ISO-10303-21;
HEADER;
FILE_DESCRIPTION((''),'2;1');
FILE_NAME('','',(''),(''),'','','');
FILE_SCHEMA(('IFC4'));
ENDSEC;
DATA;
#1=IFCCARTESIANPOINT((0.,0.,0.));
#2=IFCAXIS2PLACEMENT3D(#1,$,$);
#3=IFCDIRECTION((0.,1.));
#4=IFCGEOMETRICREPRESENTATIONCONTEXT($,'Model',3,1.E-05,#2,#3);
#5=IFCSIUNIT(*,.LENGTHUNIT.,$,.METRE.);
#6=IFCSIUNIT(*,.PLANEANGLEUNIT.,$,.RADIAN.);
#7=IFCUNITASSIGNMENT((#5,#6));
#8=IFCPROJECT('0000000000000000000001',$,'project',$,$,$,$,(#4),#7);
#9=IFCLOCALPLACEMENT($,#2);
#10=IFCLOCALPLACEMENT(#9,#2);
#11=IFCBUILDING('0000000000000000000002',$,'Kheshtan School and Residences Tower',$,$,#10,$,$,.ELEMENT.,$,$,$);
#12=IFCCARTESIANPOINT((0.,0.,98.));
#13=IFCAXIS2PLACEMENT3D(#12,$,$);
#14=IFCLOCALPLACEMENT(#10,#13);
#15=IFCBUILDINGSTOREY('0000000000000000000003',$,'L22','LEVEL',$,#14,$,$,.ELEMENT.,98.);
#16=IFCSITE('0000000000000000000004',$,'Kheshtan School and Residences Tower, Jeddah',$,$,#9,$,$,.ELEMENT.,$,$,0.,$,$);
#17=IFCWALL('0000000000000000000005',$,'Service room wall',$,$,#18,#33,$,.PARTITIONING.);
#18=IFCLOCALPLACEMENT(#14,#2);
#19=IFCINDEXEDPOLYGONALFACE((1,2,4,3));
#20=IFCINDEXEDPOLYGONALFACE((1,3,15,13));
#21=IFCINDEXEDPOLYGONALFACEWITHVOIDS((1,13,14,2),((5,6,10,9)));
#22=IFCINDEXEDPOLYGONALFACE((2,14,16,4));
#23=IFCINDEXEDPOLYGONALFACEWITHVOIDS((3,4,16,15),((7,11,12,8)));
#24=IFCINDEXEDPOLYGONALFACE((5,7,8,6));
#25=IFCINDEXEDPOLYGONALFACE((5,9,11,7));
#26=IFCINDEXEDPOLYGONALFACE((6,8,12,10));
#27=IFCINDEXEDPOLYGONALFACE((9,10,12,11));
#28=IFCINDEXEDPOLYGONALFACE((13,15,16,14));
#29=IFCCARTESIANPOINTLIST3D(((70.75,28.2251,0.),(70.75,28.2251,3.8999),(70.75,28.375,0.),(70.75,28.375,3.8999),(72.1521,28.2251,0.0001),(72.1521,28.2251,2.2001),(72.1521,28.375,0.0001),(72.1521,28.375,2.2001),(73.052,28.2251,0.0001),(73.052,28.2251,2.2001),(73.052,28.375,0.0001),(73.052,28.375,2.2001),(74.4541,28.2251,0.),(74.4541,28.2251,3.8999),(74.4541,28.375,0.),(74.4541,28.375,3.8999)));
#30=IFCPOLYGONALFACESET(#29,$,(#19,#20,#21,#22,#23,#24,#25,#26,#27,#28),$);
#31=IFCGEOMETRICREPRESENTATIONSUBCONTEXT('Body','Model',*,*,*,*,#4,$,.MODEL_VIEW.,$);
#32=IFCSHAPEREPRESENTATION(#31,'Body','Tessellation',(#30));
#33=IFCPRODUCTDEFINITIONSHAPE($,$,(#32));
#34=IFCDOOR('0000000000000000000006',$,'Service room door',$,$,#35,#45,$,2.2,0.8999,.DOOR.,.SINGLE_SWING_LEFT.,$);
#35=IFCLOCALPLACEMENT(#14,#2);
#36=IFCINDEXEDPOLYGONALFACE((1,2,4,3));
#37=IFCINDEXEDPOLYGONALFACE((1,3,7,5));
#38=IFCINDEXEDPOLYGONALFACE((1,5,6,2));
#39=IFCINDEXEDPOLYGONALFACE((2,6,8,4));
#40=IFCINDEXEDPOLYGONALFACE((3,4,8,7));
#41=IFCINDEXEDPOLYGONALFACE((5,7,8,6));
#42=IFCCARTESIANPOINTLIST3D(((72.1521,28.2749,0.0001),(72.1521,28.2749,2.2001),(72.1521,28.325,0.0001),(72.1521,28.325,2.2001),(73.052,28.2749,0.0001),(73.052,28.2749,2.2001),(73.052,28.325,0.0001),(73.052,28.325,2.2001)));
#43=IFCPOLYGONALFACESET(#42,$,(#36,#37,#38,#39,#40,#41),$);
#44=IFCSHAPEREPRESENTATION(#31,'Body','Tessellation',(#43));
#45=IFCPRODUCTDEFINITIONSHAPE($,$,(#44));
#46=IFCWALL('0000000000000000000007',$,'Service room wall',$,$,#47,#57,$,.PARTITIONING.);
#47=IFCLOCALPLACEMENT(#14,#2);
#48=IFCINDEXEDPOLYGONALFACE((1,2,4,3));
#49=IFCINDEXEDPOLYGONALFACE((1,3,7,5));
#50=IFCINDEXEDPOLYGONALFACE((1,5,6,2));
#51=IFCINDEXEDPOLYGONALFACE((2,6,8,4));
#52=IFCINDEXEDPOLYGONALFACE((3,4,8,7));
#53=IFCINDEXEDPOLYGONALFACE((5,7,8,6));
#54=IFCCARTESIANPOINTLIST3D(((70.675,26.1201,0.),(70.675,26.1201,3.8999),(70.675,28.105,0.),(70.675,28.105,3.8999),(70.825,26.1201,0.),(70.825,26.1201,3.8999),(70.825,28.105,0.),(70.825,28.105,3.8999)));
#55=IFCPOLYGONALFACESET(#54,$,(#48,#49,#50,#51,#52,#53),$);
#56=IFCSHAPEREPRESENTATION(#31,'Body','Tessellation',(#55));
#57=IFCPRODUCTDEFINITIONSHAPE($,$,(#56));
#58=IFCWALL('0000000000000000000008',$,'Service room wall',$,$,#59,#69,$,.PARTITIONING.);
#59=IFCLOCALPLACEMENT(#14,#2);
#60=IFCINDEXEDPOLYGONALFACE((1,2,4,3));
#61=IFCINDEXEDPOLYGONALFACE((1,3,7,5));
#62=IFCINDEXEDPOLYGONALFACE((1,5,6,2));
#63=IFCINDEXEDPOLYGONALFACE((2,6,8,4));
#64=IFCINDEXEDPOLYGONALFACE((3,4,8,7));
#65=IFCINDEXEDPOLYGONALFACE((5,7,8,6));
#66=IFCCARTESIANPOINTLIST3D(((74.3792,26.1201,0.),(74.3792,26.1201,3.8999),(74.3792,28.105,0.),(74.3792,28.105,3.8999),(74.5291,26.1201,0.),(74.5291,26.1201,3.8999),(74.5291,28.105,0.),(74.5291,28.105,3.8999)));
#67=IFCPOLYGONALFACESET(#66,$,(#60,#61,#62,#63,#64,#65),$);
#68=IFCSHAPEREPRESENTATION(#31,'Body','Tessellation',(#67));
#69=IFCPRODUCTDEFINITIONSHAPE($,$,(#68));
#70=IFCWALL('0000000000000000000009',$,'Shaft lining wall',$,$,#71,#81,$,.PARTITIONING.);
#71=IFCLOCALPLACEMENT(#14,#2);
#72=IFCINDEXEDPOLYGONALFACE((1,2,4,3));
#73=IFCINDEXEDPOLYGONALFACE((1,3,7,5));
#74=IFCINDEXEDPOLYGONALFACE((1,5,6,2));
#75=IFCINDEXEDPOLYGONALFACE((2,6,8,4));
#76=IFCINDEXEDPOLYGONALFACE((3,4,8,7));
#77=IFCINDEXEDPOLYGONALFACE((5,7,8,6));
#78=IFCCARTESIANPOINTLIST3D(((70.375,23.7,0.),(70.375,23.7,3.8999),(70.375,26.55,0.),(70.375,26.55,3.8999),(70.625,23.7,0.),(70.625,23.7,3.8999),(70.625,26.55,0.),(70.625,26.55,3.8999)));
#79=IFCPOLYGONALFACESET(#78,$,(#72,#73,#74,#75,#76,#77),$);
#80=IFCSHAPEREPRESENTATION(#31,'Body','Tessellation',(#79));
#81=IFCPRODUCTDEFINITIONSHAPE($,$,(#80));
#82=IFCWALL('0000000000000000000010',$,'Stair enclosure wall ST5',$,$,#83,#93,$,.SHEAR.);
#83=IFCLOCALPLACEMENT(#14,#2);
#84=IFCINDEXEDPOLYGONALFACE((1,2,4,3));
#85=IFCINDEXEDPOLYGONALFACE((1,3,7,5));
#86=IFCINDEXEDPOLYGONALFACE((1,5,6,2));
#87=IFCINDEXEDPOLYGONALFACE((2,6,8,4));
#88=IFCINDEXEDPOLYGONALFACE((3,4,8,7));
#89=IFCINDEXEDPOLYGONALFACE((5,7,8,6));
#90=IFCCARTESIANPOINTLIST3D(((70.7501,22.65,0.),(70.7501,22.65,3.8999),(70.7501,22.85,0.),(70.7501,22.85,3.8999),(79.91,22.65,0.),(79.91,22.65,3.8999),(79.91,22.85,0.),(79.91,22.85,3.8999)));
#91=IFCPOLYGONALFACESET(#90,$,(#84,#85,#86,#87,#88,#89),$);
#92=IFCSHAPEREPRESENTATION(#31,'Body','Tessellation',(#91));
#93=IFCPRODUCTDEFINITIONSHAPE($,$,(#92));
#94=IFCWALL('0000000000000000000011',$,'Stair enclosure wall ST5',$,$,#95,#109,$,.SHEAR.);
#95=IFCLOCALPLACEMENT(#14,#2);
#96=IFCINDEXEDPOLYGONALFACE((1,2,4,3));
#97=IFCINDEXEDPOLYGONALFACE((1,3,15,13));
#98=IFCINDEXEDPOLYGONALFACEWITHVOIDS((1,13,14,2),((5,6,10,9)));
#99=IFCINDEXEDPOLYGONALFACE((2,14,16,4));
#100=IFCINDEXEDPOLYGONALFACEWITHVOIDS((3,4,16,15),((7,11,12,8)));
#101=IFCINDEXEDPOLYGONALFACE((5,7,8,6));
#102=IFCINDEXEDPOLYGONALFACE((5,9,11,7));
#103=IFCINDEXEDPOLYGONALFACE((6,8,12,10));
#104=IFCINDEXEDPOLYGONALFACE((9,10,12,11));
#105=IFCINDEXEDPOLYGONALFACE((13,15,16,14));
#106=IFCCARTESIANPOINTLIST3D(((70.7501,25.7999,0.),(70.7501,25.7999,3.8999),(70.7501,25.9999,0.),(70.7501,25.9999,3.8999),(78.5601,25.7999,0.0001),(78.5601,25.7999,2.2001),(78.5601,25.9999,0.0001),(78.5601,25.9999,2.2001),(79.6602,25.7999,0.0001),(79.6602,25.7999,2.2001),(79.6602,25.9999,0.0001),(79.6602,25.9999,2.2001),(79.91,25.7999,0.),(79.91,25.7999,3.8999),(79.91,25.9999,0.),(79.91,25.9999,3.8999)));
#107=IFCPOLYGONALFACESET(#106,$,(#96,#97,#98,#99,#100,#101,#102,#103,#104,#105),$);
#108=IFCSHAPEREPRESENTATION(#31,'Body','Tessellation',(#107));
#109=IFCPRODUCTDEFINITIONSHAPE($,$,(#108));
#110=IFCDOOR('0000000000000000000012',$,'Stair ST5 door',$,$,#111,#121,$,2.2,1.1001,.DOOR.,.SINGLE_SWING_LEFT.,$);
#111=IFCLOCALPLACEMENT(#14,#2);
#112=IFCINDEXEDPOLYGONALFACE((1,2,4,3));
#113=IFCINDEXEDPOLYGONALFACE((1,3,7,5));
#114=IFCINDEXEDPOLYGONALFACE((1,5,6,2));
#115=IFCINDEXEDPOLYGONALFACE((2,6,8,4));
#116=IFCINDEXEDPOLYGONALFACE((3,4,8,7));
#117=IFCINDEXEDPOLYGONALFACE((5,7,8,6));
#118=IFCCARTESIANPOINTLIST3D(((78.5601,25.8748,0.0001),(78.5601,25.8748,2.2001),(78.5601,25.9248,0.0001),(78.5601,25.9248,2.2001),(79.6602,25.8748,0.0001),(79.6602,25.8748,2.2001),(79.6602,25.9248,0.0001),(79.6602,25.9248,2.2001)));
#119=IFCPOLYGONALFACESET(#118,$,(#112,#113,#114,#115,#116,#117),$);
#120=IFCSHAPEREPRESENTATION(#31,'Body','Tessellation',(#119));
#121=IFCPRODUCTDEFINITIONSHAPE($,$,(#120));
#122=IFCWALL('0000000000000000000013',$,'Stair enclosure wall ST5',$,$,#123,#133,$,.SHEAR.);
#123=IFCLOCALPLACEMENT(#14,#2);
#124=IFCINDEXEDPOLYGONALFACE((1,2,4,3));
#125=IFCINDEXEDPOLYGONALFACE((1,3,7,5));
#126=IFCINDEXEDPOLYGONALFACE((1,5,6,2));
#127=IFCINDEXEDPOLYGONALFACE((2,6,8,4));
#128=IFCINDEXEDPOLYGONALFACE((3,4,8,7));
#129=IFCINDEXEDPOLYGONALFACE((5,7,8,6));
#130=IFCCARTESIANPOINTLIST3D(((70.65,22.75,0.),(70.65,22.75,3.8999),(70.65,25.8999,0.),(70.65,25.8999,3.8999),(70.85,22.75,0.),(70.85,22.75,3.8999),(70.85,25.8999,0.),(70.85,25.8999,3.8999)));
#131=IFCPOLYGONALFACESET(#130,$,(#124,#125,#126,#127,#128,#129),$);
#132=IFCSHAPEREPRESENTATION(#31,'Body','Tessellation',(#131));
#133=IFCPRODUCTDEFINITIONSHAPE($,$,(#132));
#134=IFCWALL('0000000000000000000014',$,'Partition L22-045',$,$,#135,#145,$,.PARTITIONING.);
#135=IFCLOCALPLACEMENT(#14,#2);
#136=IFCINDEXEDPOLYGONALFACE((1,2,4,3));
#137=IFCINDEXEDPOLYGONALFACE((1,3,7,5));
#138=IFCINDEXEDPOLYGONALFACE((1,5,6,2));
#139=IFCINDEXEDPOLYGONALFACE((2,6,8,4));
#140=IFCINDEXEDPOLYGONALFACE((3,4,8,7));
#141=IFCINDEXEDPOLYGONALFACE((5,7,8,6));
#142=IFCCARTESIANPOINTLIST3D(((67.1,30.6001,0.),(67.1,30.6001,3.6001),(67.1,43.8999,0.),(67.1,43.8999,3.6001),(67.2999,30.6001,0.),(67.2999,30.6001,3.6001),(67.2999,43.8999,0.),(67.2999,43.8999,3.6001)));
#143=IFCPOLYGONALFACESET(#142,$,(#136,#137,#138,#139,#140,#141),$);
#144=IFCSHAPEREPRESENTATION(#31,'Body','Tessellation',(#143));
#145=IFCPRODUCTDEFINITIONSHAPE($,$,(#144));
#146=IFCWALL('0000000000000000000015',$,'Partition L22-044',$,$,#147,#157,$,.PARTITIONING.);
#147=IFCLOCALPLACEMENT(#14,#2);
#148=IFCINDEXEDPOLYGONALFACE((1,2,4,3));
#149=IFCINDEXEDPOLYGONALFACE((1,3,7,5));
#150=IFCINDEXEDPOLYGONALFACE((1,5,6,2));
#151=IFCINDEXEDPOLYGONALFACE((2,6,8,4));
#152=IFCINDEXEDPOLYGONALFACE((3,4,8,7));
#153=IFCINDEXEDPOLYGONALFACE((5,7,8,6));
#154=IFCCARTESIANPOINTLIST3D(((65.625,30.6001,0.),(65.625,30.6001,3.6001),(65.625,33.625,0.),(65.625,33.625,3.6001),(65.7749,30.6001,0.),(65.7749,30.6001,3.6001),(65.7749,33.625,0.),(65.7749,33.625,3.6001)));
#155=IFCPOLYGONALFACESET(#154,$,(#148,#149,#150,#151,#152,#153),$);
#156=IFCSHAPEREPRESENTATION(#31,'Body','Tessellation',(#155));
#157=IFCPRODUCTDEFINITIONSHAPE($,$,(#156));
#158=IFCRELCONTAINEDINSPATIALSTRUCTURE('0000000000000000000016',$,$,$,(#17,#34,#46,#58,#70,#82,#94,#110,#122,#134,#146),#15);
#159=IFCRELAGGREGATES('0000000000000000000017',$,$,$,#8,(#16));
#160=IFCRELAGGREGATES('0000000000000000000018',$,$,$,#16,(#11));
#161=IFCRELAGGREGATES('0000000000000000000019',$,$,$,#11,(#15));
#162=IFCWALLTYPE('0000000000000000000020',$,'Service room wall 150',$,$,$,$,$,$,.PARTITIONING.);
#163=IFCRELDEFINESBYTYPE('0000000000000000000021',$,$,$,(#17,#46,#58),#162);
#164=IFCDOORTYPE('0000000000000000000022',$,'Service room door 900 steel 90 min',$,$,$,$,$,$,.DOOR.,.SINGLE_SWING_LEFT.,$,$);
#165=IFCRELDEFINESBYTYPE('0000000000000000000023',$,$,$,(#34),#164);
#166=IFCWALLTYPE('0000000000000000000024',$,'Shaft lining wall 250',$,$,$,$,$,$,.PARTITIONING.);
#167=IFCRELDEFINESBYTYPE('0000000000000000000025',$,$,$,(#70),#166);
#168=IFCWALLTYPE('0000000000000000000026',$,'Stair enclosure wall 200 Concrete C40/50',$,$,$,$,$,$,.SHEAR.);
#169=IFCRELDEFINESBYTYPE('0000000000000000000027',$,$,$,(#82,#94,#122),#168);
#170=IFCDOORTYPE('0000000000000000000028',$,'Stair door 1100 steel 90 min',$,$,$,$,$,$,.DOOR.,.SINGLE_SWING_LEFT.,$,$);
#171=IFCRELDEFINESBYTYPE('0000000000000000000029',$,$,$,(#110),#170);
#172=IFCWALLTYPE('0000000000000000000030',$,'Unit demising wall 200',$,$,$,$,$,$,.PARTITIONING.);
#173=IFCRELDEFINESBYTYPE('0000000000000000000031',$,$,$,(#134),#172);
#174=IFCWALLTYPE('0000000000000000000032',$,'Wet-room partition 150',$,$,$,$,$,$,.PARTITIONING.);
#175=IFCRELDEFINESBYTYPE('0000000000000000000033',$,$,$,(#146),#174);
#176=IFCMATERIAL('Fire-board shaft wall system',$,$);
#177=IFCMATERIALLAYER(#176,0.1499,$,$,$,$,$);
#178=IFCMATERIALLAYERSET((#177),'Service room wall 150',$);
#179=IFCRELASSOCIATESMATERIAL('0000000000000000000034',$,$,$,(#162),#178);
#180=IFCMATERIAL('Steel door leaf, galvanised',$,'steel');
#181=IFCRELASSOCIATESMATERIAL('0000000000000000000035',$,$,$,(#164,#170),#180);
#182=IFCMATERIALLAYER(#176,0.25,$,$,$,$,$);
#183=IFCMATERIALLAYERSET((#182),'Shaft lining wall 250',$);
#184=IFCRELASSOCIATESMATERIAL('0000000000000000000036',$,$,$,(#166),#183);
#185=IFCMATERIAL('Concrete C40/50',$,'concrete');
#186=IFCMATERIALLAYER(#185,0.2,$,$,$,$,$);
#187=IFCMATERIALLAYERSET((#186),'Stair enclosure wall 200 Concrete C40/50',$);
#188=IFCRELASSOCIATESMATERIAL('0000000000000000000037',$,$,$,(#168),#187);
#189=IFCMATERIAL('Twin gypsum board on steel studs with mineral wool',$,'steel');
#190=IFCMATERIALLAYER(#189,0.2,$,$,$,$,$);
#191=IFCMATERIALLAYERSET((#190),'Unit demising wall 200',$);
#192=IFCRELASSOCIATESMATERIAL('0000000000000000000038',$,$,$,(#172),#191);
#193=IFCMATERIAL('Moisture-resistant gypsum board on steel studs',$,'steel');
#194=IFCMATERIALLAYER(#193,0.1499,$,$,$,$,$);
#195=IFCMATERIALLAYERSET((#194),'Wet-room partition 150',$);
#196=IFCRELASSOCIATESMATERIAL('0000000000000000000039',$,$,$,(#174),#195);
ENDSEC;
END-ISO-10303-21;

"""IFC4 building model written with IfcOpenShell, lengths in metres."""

from ifc_helpers import new_model, si_unit, direction, frame, frame_2d, origin, place, context, subcontext, project, spatial, rectangle, extrude, source, transform, mapped, material, layer, layer_set, type_object, element, fill, save


model = new_model("IFC4")

# Units and contexts
model_context = context("Model", 3, precision=1e-05, world=origin(), true_north=direction((0.0, 1.0)))
body_context = subcontext(model_context, "Body", "Model", "MODEL_VIEW")
ifc_project = project(units=[si_unit("LENGTHUNIT", "METRE"), si_unit("PLANEANGLEUNIT", "RADIAN")], contexts=[model_context])

# Site, building, storey
site_placement = place(None, origin())
site = spatial("IfcSite", under=ifc_project, at=site_placement, Name="Kheshtan School and Residences Tower, Jeddah", CompositionType="ELEMENT", RefElevation=0.0)
building_placement = place(site_placement, origin())
building = spatial("IfcBuilding", under=site, at=building_placement, Name="Kheshtan School and Residences Tower", CompositionType="ELEMENT")
storey_placement = place(building_placement, frame((0.0, 0.0, 98.0)))
storey = spatial("IfcBuildingStorey", under=building, at=storey_placement, Name="L22", Description="LEVEL", CompositionType="ELEMENT", Elevation=98.0)

# Wall, opening, door
ifc_material_1 = material(Name="Fire-board shaft wall system")
ifc_layer_1 = layer(ifc_material_1, 0.1499)
ifc_layer_set_1 = layer_set([ifc_layer_1], Name="Service room wall 150")
wall_type_1 = type_object("IfcWallType", Name="Service room wall 150", PredefinedType="PARTITIONING", material=ifc_layer_set_1)
wall_1_placement = place(storey_placement, frame((70.75, 28.3, 0.0), z_axis=(0.0, 0.0, 1.0), x_axis=(1.0, 0.0, 0.0)))
wall_1 = element("IfcWall", 1, at=wall_1_placement, inside=storey, type_object=wall_type_1, Name="Service room wall", PredefinedType="PARTITIONING", context=body_context, shape_type="SweptSolid", body=[
    extrude(rectangle(XDim=3.7041, YDim=0.1499, at=frame_2d((1.8521, 0.0))), origin(), (0.0, 0.0, 1.0), 3.8999),
])
opening_1_placement = place(wall_1_placement, frame((1.4021, 0.0, 0.0)))
opening_1 = element("IfcOpeningElement", 2, at=opening_1_placement, cuts=wall_1, PredefinedType="OPENING", context=body_context, shape_type="SweptSolid", body=[
    extrude(rectangle(XDim=0.8999, YDim=2.2, at=frame_2d((0.45, 1.1001))), frame((0.0, 0.085, 0.0), z_axis=(0.0, -1.0, 0.0), x_axis=(1.0, 0.0, 0.0)), (0.0, 0.0, 1.0), 0.1699),
])
ifc_material_2 = material(Name="Steel door leaf, galvanised", Category="steel")
door_type_1 = type_object("IfcDoorType", Name="Service room door 900 steel 90 min", OperationType="SINGLE_SWING_LEFT", PredefinedType="DOOR", material=ifc_material_2)
shared_shape_1 = source(origin(), body_context, "Body", "SweptSolid", [
    extrude(rectangle(XDim=0.8999, YDim=2.2, at=frame_2d((0.45, 1.1001))), frame((0.0, 0.0249, 0.0), z_axis=(0.0, -1.0, 0.0), x_axis=(1.0, 0.0, 0.0)), (0.0, 0.0, 1.0), 0.05),
])
door_1_placement = place(opening_1_placement, origin())
door_1 = element("IfcDoor", 3, at=door_1_placement, inside=storey, type_object=door_type_1, Name="Service room door", OperationType="SINGLE_SWING_LEFT", OverallHeight=2.2, OverallWidth=0.8999, PredefinedType="DOOR", context=body_context, shape_type="MappedRepresentation", body=[
    mapped(shared_shape_1, transform((0.0, 0.0, 0.0), x_axis=(1.0, 0.0, 0.0), y_axis=(0.0, 1.0, 0.0), z_axis=(0.0, 0.0, 1.0), scale=1.0)),
])
fill(opening_1, door_1)

# Walls
for number, where, z_axis, x_axis, name in (
    (4, (70.75, 26.1201, 0.0), (0.0, 0.0, 1.0), (0.0, 1.0, 0.0), "Service room wall"),
    (5, (74.4541, 26.1201, 0.0), (0.0, 0.0, 1.0), (0.0, 1.0, 0.0), "Service room wall"),
):
    element("IfcWall", number, at=place(storey_placement, frame(where, z_axis=z_axis, x_axis=x_axis)), inside=storey, type_object=wall_type_1, Name=name, PredefinedType="PARTITIONING", context=body_context, shape_type="SweptSolid", body=[
        extrude(rectangle(XDim=1.9849, YDim=0.1499, at=frame_2d((0.9924, 0.0))), origin(), (0.0, 0.0, 1.0), 3.8999),
    ])
ifc_layer_2 = layer(ifc_material_1, 0.25)
ifc_layer_set_2 = layer_set([ifc_layer_2], Name="Shaft lining wall 250")
wall_type_2 = type_object("IfcWallType", Name="Shaft lining wall 250", PredefinedType="PARTITIONING", material=ifc_layer_set_2)
wall_2_placement = place(storey_placement, frame((70.5, 23.7, 0.0), z_axis=(0.0, 0.0, 1.0), x_axis=(0.0, 1.0, 0.0)))
element("IfcWall", 6, at=wall_2_placement, inside=storey, type_object=wall_type_2, Name="Shaft lining wall", PredefinedType="PARTITIONING", context=body_context, shape_type="SweptSolid", body=[
    extrude(rectangle(XDim=2.8501, YDim=0.25, at=frame_2d((1.425, 0.0))), origin(), (0.0, 0.0, 1.0), 3.8999),
])
ifc_material_3 = material(Name="Concrete C40/50", Category="concrete")
ifc_layer_3 = layer(ifc_material_3, 0.2)
ifc_layer_set_3 = layer_set([ifc_layer_3], Name="Stair enclosure wall 200 Concrete C40/50")
wall_type_3 = type_object("IfcWallType", Name="Stair enclosure wall 200 Concrete C40/50", PredefinedType="SHEAR", material=ifc_layer_set_3)
wall_3_placement = place(storey_placement, frame((70.75, 22.75, 0.0), z_axis=(0.0, 0.0, 1.0), x_axis=(1.0, 0.0, 0.0)))
element("IfcWall", 7, at=wall_3_placement, inside=storey, type_object=wall_type_3, Name="Stair enclosure wall ST5", PredefinedType="SHEAR", context=body_context, shape_type="SweptSolid", body=[
    extrude(rectangle(XDim=9.1599, YDim=0.2, at=frame_2d((4.5801, 0.0))), origin(), (0.0, 0.0, 1.0), 3.8999),
])

# Wall, opening, door
wall_4_placement = place(storey_placement, frame((70.75, 25.8999, 0.0), z_axis=(0.0, 0.0, 1.0), x_axis=(1.0, 0.0, 0.0)))
wall_4 = element("IfcWall", 8, at=wall_4_placement, inside=storey, type_object=wall_type_3, Name="Stair enclosure wall ST5", PredefinedType="SHEAR", context=body_context, shape_type="SweptSolid", body=[
    extrude(rectangle(XDim=9.1599, YDim=0.2, at=frame_2d((4.5801, 0.0))), origin(), (0.0, 0.0, 1.0), 3.8999),
])
opening_2_placement = place(wall_4_placement, frame((7.8101, 0.0, 0.0)))
opening_2 = element("IfcOpeningElement", 9, at=opening_2_placement, cuts=wall_4, PredefinedType="OPENING", context=body_context, shape_type="SweptSolid", body=[
    extrude(rectangle(XDim=1.1001, YDim=2.2, at=frame_2d((0.55, 1.1001))), frame((0.0, 0.1099, 0.0), z_axis=(0.0, -1.0, 0.0), x_axis=(1.0, 0.0, 0.0)), (0.0, 0.0, 1.0), 0.22),
])
door_type_2 = type_object("IfcDoorType", Name="Stair door 1100 steel 90 min", OperationType="SINGLE_SWING_LEFT", PredefinedType="DOOR", material=ifc_material_2)
shared_shape_2 = source(origin(), body_context, "Body", "SweptSolid", [
    extrude(rectangle(XDim=1.1001, YDim=2.2, at=frame_2d((0.55, 1.1001))), frame((0.0, 0.0249, 0.0), z_axis=(0.0, -1.0, 0.0), x_axis=(1.0, 0.0, 0.0)), (0.0, 0.0, 1.0), 0.05),
])
door_2_placement = place(opening_2_placement, origin())
door_2 = element("IfcDoor", 10, at=door_2_placement, inside=storey, type_object=door_type_2, Name="Stair ST5 door", OperationType="SINGLE_SWING_LEFT", OverallHeight=2.2, OverallWidth=1.1001, PredefinedType="DOOR", context=body_context, shape_type="MappedRepresentation", body=[
    mapped(shared_shape_2, transform((0.0, 0.0, 0.0), x_axis=(1.0, 0.0, 0.0), y_axis=(0.0, 1.0, 0.0), z_axis=(0.0, 0.0, 1.0), scale=1.0)),
])
fill(opening_2, door_2)

# Walls
wall_5_placement = place(storey_placement, frame((70.75, 22.75, 0.0), z_axis=(0.0, 0.0, 1.0), x_axis=(0.0, 1.0, 0.0)))
element("IfcWall", 11, at=wall_5_placement, inside=storey, type_object=wall_type_3, Name="Stair enclosure wall ST5", PredefinedType="SHEAR", context=body_context, shape_type="SweptSolid", body=[
    extrude(rectangle(XDim=3.1499, YDim=0.2, at=frame_2d((1.575, 0.0))), origin(), (0.0, 0.0, 1.0), 3.8999),
])
ifc_material_4 = material(Name="Twin gypsum board on steel studs with mineral wool", Category="steel")
ifc_layer_4 = layer(ifc_material_4, 0.2)
ifc_layer_set_4 = layer_set([ifc_layer_4], Name="Unit demising wall 200")
wall_type_4 = type_object("IfcWallType", Name="Unit demising wall 200", PredefinedType="PARTITIONING", material=ifc_layer_set_4)
wall_6_placement = place(storey_placement, frame((67.2, 30.6001, 0.0), z_axis=(0.0, 0.0, 1.0), x_axis=(0.0, 1.0, 0.0)))
element("IfcWall", 12, at=wall_6_placement, inside=storey, type_object=wall_type_4, Name="Partition L22-045", PredefinedType="PARTITIONING", context=body_context, shape_type="SweptSolid", body=[
    extrude(rectangle(XDim=13.2998, YDim=0.2, at=frame_2d((6.6499, 0.0))), origin(), (0.0, 0.0, 1.0), 3.6001),
])
ifc_material_5 = material(Name="Moisture-resistant gypsum board on steel studs", Category="steel")
ifc_layer_5 = layer(ifc_material_5, 0.1499)
ifc_layer_set_5 = layer_set([ifc_layer_5], Name="Wet-room partition 150")
wall_type_5 = type_object("IfcWallType", Name="Wet-room partition 150", PredefinedType="PARTITIONING", material=ifc_layer_set_5)
wall_7_placement = place(storey_placement, frame((65.7, 30.6001, 0.0), z_axis=(0.0, 0.0, 1.0), x_axis=(0.0, 1.0, 0.0)))
element("IfcWall", 13, at=wall_7_placement, inside=storey, type_object=wall_type_5, Name="Partition L22-044", PredefinedType="PARTITIONING", context=body_context, shape_type="SweptSolid", body=[
    extrude(rectangle(XDim=3.0249, YDim=0.1499, at=frame_2d((1.5125, 0.0))), origin(), (0.0, 0.0, 1.0), 3.6001),
])

save(model, "model.ifc")
